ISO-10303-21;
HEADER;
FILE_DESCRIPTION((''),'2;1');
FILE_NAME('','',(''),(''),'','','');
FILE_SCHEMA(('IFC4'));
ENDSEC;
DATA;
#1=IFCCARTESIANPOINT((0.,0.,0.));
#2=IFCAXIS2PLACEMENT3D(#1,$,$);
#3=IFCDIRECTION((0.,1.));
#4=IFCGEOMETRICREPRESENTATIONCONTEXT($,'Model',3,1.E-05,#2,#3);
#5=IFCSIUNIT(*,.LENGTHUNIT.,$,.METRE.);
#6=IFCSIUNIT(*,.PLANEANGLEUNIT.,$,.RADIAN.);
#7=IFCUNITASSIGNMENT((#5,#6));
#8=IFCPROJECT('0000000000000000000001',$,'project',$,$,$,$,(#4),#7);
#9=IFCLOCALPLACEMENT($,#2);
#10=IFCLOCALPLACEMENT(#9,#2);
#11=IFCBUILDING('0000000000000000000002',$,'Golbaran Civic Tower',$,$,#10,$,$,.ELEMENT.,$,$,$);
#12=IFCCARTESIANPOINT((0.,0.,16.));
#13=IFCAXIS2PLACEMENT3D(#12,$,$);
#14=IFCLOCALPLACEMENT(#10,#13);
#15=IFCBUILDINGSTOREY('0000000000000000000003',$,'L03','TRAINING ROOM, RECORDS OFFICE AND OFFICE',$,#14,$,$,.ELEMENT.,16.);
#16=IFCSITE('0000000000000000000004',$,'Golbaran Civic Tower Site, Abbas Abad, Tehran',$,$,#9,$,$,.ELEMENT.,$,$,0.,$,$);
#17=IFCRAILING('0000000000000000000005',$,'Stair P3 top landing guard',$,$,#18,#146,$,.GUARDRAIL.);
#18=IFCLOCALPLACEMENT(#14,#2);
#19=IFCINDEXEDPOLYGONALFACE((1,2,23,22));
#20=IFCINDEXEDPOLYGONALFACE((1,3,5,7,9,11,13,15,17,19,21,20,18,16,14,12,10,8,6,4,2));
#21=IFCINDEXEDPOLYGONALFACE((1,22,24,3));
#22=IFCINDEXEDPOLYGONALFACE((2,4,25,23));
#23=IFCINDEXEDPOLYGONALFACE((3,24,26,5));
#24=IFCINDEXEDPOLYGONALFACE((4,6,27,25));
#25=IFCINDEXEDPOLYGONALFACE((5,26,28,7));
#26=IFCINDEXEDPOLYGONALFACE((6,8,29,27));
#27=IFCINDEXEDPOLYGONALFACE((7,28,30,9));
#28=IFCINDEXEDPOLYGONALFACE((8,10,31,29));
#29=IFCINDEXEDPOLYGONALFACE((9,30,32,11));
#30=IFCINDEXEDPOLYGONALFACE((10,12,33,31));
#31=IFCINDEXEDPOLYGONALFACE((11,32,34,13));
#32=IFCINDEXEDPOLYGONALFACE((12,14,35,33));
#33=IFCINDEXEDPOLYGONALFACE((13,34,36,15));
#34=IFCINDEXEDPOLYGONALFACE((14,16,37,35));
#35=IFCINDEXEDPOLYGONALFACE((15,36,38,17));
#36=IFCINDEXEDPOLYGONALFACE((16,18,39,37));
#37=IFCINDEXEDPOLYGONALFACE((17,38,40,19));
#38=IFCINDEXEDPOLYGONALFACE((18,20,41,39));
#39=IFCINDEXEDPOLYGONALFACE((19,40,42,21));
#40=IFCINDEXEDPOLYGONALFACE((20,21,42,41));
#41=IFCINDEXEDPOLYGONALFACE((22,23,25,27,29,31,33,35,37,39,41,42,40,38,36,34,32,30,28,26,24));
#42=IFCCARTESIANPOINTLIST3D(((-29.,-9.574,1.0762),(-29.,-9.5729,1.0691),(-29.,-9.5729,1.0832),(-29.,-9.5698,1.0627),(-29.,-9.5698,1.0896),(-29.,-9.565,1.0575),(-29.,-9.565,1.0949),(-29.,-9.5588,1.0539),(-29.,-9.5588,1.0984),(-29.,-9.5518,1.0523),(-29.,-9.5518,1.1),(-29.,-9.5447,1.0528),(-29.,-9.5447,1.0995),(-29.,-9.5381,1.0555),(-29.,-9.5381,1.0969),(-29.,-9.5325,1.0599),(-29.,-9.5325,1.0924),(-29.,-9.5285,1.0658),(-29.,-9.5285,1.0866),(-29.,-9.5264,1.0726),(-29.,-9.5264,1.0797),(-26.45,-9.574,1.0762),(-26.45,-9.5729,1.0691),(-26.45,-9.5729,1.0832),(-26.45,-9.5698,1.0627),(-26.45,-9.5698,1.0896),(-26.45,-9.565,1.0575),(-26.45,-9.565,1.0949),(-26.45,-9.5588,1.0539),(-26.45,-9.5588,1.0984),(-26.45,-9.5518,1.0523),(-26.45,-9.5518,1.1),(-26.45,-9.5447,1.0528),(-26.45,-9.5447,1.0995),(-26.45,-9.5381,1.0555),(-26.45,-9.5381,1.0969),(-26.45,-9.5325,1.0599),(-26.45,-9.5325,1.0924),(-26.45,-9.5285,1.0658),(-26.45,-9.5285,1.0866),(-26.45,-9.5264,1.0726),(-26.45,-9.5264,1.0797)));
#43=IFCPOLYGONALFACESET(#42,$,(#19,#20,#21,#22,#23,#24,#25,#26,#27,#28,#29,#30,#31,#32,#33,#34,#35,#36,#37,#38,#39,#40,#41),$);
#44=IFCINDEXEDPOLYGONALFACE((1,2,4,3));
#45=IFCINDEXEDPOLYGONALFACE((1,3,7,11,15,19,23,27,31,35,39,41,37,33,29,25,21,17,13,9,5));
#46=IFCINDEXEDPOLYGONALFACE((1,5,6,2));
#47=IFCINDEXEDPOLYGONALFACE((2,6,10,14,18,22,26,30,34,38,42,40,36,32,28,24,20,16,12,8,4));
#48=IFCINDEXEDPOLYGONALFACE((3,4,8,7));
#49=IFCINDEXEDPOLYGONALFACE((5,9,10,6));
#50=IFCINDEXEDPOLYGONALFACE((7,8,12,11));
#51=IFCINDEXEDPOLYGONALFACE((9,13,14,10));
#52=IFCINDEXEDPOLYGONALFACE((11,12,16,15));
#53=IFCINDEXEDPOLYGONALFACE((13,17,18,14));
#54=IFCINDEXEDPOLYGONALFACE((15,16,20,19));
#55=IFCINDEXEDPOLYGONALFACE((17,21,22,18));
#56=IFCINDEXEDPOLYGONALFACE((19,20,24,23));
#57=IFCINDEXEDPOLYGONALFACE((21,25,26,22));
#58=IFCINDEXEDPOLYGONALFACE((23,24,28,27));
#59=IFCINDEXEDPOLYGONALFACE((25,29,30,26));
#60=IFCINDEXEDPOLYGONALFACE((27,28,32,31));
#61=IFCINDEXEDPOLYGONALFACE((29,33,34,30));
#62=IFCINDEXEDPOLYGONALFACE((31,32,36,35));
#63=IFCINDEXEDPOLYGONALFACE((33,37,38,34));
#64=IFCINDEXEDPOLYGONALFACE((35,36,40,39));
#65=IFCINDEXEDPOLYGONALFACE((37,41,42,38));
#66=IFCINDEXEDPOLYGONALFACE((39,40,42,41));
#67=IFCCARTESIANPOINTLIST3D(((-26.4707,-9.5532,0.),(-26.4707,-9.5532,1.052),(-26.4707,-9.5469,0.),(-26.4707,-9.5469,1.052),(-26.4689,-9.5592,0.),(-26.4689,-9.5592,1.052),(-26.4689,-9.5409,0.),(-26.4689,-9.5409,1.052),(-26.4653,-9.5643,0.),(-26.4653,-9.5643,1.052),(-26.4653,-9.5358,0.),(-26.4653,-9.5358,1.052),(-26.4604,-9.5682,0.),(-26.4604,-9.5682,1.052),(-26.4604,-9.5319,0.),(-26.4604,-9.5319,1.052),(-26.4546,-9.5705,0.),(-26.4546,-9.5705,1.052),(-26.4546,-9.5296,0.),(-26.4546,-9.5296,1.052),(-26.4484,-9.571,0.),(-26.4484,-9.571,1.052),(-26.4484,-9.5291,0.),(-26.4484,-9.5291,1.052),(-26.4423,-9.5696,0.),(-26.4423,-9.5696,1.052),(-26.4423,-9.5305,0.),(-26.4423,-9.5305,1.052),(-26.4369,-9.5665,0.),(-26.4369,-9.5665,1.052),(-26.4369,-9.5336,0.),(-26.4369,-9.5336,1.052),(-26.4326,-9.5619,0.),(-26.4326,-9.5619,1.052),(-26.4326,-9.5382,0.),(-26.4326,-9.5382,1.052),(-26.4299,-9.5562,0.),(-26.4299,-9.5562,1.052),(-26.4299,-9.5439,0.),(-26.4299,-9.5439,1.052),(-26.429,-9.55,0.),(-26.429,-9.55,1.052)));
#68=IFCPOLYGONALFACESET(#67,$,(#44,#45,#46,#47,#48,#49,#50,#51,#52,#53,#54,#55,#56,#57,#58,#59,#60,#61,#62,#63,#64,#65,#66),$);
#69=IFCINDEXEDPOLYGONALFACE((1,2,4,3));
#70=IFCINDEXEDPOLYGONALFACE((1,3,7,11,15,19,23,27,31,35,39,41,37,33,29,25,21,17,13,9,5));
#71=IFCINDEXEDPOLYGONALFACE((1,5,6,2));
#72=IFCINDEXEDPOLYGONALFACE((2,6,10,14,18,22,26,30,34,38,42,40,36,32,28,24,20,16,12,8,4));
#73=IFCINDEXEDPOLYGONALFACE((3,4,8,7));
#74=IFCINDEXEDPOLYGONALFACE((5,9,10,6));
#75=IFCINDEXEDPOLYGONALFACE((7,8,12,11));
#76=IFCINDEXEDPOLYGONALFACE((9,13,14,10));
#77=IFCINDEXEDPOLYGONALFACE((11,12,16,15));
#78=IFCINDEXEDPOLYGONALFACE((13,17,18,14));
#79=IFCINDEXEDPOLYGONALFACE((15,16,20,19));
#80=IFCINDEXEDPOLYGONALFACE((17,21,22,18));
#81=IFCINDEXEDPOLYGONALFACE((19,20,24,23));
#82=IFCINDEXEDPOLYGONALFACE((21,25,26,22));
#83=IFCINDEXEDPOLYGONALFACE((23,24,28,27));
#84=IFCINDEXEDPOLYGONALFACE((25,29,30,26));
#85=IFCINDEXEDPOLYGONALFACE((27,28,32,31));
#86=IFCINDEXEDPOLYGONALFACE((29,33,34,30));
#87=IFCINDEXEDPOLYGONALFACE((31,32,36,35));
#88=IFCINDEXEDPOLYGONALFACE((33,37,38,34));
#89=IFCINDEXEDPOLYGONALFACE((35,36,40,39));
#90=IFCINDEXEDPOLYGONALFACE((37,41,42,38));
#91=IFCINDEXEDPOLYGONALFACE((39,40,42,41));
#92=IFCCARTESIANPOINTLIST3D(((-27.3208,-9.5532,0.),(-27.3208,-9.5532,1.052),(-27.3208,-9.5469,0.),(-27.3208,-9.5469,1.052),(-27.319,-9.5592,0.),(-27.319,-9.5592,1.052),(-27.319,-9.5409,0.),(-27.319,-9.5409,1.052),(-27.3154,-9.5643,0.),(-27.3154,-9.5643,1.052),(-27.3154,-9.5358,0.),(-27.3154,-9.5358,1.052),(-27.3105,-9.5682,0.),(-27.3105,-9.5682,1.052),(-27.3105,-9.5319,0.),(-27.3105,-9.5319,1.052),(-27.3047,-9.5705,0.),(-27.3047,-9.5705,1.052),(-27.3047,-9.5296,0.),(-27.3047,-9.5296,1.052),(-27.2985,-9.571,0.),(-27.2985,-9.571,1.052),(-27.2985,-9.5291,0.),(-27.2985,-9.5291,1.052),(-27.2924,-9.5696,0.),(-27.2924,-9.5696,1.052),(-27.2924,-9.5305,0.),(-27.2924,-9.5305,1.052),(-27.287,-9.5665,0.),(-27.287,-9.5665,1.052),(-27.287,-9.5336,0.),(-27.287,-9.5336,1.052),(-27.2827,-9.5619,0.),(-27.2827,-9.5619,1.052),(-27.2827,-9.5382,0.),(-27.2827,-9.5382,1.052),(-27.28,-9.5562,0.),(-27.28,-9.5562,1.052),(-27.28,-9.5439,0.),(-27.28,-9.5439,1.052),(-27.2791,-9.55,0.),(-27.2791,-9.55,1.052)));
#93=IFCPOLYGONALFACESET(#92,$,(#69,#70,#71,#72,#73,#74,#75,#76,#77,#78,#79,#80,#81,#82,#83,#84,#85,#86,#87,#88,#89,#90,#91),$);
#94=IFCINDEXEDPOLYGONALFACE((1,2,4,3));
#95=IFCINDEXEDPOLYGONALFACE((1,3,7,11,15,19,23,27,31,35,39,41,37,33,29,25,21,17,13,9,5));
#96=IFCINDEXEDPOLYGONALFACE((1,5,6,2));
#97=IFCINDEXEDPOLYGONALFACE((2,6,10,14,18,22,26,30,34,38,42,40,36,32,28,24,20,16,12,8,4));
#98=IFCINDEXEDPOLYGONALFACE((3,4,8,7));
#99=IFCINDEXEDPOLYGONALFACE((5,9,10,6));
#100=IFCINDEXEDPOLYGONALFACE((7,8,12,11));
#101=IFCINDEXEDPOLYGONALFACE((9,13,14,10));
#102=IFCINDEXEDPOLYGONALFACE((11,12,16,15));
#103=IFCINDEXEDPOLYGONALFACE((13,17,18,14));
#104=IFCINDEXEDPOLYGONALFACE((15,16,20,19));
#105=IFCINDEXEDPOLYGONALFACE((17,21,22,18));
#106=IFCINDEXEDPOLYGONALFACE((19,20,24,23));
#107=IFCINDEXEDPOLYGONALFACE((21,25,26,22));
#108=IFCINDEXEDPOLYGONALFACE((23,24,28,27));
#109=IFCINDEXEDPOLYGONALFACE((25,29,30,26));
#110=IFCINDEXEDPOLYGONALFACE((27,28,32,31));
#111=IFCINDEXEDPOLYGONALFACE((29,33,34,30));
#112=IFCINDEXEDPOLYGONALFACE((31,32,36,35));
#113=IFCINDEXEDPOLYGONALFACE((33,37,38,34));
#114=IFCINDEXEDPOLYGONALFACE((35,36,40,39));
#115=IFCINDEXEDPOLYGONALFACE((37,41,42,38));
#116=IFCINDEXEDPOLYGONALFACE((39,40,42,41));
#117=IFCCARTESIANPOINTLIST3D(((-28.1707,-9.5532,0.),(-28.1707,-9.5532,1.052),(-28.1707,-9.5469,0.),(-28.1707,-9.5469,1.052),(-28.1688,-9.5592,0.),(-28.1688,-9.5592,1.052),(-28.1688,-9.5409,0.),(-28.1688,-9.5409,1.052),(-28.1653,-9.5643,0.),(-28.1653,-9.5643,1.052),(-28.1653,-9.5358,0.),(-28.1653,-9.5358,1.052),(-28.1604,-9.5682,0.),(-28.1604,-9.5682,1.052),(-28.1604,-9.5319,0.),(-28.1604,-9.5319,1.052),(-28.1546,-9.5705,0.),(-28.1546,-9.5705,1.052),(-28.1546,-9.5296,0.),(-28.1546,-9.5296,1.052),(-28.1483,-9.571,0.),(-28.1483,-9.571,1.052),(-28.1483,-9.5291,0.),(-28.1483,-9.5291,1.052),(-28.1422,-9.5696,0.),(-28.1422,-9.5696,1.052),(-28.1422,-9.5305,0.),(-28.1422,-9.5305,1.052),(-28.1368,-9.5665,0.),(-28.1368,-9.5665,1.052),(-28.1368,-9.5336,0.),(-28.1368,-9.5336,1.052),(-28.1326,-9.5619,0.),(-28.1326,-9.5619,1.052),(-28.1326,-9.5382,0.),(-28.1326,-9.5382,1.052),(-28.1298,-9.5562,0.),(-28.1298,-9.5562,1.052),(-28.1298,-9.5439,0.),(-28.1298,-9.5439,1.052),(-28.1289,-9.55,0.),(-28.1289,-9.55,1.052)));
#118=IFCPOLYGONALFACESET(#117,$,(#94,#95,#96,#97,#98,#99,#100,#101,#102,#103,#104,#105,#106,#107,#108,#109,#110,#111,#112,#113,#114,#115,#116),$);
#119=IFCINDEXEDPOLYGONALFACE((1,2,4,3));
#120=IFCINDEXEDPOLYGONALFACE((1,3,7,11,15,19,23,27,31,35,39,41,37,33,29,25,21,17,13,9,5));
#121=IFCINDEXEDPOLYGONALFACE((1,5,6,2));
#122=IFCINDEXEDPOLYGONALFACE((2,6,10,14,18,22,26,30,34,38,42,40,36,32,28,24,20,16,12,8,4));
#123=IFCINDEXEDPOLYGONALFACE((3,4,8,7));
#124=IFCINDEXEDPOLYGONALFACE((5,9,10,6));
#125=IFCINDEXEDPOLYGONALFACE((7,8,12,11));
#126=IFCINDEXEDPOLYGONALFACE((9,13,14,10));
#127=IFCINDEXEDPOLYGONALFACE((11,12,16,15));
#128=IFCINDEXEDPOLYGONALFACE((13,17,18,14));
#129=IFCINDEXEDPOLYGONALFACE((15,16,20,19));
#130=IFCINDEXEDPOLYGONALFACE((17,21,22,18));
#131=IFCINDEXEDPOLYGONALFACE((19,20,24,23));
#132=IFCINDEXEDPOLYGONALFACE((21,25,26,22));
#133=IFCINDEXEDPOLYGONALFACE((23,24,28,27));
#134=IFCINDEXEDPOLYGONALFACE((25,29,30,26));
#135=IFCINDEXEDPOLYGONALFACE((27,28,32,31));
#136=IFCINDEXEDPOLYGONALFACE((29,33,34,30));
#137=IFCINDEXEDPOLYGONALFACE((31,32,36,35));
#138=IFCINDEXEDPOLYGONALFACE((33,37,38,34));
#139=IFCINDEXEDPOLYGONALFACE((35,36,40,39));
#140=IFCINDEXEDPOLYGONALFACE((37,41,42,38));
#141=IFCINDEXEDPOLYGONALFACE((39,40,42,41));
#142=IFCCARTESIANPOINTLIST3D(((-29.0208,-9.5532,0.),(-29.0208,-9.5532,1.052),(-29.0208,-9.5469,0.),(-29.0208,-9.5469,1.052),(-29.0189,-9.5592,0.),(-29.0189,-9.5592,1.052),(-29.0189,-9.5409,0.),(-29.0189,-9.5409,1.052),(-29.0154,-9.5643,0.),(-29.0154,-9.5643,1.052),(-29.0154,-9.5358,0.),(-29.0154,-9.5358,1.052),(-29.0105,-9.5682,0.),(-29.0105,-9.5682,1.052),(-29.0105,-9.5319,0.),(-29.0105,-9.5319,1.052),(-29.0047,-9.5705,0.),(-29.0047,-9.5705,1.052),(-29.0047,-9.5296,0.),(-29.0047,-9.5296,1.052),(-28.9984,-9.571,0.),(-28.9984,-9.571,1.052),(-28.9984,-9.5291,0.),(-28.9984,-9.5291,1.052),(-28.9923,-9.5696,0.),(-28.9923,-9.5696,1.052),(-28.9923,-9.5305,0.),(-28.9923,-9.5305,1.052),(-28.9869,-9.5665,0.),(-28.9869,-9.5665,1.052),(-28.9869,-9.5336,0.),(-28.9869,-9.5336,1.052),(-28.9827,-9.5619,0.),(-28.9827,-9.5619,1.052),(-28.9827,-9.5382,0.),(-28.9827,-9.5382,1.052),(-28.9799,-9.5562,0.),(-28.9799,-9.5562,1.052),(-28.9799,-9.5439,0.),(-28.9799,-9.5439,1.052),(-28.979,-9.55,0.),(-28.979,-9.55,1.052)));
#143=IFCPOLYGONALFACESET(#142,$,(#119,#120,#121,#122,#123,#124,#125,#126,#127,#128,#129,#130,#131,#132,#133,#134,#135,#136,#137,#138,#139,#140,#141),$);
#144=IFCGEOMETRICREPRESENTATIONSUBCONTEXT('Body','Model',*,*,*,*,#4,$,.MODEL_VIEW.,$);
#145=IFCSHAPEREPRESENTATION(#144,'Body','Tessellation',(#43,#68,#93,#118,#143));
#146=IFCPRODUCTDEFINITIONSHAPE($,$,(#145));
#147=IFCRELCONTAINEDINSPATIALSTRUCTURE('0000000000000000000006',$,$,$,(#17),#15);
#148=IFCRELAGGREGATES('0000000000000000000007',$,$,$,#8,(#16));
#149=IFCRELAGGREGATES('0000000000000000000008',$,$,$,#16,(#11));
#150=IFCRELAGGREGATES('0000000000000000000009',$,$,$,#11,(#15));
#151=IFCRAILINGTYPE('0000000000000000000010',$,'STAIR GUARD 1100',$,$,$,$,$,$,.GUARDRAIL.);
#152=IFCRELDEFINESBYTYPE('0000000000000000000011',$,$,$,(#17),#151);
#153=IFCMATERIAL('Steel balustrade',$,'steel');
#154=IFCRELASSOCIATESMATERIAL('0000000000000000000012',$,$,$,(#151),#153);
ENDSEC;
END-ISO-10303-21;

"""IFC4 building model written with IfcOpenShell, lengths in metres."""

from ifc_helpers import new_model, si_unit, direction, frame, origin, origin_2d, place, context, subcontext, project, spatial, circle, extrude, material, type_object, element, save


model = new_model("IFC4")

# Units and contexts
model_context = context("Model", 3, precision=1e-05, world=origin(), true_north=direction((0.0, 1.0)))
body_context = subcontext(model_context, "Body", "Model", "MODEL_VIEW")
ifc_project = project(units=[si_unit("LENGTHUNIT", "METRE"), si_unit("PLANEANGLEUNIT", "RADIAN")], contexts=[model_context])

# Site, building, storey
site_placement = place(None, origin())
site = spatial("IfcSite", under=ifc_project, at=site_placement, Name="Golbaran Civic Tower Site, Abbas Abad, Tehran", CompositionType="ELEMENT", RefElevation=0.0)
building_placement = place(site_placement, origin())
building = spatial("IfcBuilding", under=site, at=building_placement, Name="Golbaran Civic Tower", CompositionType="ELEMENT")
storey_placement = place(building_placement, frame((0.0, 0.0, 16.0)))
storey = spatial("IfcBuildingStorey", under=building, at=storey_placement, Name="L03", Description="TRAINING ROOM, RECORDS OFFICE AND OFFICE", CompositionType="ELEMENT", Elevation=16.0)

# Railing
ifc_material_1 = material(Name="Steel balustrade", Category="steel")
railing_type = type_object("IfcRailingType", Name="STAIR GUARD 1100", PredefinedType="GUARDRAIL", material=ifc_material_1)
railing_placement = place(storey_placement, frame((-26.45, -9.55, 0.0)))
element("IfcRailing", 1, at=railing_placement, inside=storey, type_object=railing_type, Name="Stair P3 top landing guard", PredefinedType="GUARDRAIL", context=body_context, shape_type="SweptSolid", body=[
    extrude(circle(Radius=0.0239, at=origin_2d()), frame((0.0, 0.0, 1.0762), z_axis=(-1.0, 0.0, 0.0), x_axis=(0.0, -1.0, 0.0)), (0.0, 0.0, 1.0), 2.55),
    extrude(circle(Radius=0.021, at=origin_2d()), origin(), (0.0, 0.0, 1.0), 1.052),
    extrude(circle(Radius=0.021, at=origin_2d()), frame((-0.8501, 0.0, 0.0)), (0.0, 0.0, 1.0), 1.052),
    extrude(circle(Radius=0.021, at=origin_2d()), frame((-1.7, 0.0, 0.0)), (0.0, 0.0, 1.0), 1.052),
    extrude(circle(Radius=0.021, at=origin_2d()), frame((-2.55, 0.0, 0.0)), (0.0, 0.0, 1.0), 1.052),
])

save(model, "model.ifc")
